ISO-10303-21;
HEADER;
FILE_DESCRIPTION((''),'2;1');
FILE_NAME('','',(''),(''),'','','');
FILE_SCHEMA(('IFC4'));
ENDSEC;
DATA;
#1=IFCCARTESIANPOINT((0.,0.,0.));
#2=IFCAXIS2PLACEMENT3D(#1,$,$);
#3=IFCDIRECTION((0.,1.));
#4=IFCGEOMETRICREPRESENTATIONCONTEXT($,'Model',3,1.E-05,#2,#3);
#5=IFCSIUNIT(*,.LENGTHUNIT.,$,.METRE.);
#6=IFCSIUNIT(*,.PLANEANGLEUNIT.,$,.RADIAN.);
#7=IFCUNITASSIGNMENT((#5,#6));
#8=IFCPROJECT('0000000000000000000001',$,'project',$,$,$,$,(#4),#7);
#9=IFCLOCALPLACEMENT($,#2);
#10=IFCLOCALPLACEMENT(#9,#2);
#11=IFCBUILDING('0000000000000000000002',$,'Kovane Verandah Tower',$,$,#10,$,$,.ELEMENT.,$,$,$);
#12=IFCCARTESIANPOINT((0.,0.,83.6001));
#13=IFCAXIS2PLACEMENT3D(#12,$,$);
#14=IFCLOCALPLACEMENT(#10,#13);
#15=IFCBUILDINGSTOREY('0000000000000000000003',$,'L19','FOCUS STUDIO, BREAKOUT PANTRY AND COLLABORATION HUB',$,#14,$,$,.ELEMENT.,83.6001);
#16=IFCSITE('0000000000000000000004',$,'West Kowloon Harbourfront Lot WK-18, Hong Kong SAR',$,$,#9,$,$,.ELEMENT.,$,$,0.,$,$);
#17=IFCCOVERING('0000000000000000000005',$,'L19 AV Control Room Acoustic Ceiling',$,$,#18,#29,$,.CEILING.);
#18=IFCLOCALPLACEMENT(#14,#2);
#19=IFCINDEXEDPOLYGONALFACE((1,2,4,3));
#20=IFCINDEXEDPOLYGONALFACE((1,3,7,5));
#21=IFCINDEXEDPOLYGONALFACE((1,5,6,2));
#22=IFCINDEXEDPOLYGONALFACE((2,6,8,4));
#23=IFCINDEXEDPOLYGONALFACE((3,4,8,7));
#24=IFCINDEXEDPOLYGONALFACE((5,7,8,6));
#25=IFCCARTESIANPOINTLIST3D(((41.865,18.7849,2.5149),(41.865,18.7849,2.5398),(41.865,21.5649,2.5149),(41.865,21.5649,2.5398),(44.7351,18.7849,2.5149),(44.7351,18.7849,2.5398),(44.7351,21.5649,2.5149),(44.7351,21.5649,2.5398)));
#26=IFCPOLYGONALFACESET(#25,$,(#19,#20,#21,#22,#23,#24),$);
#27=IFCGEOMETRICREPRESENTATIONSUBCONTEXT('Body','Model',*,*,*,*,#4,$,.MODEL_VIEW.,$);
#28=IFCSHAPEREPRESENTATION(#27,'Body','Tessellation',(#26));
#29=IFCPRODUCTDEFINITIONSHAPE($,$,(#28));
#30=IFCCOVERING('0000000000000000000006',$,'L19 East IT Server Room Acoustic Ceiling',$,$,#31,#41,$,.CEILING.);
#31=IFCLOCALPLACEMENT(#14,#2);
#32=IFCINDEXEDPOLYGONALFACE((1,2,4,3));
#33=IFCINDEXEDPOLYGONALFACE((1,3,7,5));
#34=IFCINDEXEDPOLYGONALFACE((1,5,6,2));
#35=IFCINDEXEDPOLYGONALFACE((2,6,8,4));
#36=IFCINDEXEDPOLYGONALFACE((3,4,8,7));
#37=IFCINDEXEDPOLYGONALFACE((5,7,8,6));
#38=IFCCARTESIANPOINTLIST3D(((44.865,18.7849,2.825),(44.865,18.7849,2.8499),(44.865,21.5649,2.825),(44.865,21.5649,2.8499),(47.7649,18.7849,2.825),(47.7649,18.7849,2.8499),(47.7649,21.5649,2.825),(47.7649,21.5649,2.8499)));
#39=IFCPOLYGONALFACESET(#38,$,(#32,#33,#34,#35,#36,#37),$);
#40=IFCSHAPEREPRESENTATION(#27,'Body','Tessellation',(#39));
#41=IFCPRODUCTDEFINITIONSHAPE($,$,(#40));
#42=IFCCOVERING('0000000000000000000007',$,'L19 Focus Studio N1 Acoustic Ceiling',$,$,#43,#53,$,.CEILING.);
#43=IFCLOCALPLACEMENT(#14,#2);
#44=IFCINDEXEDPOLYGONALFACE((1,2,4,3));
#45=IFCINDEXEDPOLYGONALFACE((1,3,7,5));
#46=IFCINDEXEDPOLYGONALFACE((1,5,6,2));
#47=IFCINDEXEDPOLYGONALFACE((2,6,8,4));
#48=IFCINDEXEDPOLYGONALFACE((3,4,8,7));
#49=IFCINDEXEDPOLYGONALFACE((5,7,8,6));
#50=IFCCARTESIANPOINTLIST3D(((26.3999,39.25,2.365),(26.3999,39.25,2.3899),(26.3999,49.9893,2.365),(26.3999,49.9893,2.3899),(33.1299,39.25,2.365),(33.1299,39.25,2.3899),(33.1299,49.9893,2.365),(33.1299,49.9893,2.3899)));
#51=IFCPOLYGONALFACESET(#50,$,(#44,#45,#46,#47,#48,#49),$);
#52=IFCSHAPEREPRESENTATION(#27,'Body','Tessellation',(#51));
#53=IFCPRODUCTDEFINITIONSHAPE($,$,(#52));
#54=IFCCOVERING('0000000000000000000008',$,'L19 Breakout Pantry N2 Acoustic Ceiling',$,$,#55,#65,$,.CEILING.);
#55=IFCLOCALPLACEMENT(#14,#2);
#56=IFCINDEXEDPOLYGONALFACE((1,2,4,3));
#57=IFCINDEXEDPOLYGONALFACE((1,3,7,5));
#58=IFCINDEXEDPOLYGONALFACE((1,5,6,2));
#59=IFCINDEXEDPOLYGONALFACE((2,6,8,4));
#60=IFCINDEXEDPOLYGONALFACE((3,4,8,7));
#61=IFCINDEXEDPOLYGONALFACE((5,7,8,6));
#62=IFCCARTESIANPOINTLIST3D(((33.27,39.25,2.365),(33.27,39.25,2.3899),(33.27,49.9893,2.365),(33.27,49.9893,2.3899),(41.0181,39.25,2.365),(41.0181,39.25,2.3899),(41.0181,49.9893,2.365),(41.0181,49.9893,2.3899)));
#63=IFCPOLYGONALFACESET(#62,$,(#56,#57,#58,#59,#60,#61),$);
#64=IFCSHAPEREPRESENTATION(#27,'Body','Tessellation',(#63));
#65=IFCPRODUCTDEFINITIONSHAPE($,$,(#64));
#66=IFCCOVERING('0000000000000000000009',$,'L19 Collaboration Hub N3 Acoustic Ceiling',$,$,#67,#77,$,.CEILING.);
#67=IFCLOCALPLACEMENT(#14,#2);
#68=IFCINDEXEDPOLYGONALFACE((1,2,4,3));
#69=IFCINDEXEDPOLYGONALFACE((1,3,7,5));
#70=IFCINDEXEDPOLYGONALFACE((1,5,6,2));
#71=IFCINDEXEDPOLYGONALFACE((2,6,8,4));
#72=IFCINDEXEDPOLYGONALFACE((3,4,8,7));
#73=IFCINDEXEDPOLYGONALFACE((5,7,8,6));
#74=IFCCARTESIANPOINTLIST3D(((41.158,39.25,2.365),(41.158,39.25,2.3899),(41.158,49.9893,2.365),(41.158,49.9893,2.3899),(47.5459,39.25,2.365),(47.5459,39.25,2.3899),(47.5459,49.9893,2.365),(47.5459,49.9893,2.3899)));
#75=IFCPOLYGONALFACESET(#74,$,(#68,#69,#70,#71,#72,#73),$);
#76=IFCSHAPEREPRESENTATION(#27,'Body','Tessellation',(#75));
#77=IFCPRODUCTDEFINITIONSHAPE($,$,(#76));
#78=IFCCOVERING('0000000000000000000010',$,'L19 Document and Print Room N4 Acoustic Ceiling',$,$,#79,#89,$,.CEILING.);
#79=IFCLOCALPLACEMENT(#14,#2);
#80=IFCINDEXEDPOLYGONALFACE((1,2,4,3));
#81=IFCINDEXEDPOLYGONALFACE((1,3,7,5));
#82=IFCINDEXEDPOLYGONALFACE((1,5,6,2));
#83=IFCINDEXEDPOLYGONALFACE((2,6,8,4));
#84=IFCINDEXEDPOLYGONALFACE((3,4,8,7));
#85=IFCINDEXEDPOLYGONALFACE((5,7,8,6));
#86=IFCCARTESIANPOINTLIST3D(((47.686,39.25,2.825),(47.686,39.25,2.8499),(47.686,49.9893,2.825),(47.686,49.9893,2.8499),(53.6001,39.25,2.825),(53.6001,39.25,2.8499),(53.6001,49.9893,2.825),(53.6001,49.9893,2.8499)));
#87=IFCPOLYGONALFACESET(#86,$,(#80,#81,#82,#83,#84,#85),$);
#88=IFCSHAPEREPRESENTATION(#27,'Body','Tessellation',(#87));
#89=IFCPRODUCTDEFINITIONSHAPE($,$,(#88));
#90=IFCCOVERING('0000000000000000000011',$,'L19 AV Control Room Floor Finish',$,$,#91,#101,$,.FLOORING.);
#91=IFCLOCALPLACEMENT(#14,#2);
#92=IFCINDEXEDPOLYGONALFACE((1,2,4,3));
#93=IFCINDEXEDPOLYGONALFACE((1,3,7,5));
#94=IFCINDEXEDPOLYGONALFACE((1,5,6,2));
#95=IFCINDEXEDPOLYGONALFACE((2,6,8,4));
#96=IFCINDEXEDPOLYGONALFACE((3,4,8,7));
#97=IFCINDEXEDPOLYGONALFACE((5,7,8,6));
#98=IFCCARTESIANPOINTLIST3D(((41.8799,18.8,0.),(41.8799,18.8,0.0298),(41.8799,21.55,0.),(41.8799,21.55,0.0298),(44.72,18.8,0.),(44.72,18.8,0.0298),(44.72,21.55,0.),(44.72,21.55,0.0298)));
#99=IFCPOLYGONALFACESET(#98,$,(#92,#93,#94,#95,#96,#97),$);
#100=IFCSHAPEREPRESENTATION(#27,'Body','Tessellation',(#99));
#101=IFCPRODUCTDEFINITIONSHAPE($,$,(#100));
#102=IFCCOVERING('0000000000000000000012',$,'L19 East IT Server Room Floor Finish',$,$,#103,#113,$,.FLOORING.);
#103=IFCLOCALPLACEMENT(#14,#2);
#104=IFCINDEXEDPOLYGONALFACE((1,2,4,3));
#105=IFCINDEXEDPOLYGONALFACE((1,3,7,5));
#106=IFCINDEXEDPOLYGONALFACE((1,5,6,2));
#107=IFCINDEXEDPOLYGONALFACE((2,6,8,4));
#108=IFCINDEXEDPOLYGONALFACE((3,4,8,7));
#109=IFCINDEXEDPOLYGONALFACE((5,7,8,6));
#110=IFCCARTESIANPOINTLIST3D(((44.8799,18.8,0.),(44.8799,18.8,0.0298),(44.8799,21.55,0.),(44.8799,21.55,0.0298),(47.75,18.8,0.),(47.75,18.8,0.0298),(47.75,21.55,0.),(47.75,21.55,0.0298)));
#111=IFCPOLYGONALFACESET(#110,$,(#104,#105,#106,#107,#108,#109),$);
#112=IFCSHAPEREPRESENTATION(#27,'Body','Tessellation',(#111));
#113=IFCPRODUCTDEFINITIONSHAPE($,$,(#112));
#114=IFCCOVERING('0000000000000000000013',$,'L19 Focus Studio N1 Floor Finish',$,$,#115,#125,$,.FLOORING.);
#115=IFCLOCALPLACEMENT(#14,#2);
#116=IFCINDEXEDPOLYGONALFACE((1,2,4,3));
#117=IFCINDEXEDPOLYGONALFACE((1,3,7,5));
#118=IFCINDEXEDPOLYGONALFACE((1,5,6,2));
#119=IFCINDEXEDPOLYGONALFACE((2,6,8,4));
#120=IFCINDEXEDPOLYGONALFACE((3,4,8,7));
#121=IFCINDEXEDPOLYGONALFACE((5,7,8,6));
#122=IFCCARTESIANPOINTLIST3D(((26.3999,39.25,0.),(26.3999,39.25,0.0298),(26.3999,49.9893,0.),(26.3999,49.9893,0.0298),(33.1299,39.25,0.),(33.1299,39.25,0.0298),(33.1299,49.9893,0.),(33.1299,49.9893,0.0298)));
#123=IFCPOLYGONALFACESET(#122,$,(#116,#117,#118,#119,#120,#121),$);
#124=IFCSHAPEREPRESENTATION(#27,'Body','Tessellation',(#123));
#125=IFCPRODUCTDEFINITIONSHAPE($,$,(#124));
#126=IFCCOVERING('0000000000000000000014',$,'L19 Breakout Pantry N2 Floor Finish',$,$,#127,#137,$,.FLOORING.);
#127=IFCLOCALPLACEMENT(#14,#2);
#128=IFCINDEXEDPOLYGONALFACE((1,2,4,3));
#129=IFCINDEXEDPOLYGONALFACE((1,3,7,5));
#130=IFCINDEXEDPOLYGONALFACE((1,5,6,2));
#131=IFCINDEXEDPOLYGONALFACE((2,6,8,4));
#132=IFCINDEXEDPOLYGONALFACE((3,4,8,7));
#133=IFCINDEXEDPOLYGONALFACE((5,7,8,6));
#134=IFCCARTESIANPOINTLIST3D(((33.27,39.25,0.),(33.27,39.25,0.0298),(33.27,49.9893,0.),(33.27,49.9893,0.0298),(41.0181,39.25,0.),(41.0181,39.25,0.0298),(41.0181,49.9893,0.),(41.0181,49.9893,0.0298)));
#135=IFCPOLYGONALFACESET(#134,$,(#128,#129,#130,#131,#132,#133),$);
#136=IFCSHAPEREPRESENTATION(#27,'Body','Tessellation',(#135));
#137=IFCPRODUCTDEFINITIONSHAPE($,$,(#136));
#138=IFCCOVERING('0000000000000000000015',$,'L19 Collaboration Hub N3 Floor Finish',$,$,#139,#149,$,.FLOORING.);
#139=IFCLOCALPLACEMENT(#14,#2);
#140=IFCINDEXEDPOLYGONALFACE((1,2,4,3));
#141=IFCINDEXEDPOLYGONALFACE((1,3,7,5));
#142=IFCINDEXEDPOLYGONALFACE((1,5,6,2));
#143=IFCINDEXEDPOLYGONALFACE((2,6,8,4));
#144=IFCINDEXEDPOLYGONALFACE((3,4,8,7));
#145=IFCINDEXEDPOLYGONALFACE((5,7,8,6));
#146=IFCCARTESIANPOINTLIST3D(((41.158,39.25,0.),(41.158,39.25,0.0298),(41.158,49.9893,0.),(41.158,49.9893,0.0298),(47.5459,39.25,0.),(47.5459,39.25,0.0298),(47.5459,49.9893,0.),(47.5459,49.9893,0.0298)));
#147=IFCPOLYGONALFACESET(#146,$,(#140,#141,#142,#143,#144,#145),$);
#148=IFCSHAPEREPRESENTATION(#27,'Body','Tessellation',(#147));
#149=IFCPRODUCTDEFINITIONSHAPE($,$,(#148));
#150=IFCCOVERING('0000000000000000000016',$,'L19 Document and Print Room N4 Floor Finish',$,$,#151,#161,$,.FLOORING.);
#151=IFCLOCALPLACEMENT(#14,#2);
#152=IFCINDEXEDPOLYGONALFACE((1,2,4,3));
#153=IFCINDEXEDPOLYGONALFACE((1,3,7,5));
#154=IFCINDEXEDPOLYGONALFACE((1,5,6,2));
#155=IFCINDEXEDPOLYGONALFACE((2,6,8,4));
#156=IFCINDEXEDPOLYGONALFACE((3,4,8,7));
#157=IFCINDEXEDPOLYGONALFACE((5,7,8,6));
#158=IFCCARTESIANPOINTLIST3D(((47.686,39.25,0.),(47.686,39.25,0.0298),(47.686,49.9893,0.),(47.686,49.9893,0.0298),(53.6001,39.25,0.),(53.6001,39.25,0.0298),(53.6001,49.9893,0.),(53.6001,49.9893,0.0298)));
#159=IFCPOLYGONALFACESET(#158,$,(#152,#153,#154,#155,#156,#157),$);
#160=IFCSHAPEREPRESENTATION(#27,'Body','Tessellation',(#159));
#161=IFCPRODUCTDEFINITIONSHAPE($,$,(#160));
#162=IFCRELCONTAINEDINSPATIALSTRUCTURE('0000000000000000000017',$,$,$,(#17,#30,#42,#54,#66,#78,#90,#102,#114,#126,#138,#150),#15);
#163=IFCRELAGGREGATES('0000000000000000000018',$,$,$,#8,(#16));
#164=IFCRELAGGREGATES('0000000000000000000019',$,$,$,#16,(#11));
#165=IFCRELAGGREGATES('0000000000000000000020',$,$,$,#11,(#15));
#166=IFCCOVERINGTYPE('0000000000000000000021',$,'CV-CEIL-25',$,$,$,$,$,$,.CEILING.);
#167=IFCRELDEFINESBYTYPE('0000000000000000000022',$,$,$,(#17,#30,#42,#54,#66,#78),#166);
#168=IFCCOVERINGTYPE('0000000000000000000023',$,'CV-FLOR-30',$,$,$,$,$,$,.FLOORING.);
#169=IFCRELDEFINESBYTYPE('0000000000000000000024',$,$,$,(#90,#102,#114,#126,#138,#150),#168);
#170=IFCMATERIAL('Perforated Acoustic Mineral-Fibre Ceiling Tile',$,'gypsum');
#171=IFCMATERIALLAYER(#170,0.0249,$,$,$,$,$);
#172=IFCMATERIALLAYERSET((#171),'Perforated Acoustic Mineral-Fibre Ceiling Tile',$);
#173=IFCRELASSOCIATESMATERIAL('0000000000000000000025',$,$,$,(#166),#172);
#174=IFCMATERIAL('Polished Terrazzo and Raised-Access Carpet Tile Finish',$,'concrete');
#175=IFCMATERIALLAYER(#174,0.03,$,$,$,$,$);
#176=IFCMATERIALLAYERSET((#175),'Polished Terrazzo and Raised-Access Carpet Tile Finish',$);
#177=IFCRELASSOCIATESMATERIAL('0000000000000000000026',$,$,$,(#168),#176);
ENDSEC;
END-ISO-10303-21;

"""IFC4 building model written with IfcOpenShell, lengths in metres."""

from ifc_helpers import new_model, si_unit, direction, frame, origin, place, context, subcontext, project, spatial, polyline, outline, extrude, material, layer, layer_set, type_object, element, save


model = new_model("IFC4")

# Units and contexts
model_context = context("Model", 3, precision=1e-05, world=origin(), true_north=direction((0.0, 1.0)))
body_context = subcontext(model_context, "Body", "Model", "MODEL_VIEW")
ifc_project = project(units=[si_unit("LENGTHUNIT", "METRE"), si_unit("PLANEANGLEUNIT", "RADIAN")], contexts=[model_context])

# Site, building, storey
site_placement = place(None, origin())
site = spatial("IfcSite", under=ifc_project, at=site_placement, Name="West Kowloon Harbourfront Lot WK-18, Hong Kong SAR", CompositionType="ELEMENT", RefElevation=0.0)
building_placement = place(site_placement, origin())
building = spatial("IfcBuilding", under=site, at=building_placement, Name="Kovane Verandah Tower", CompositionType="ELEMENT")
storey_placement = place(building_placement, frame((0.0, 0.0, 83.6001)))
storey = spatial("IfcBuildingStorey", under=building, at=storey_placement, Name="L19", Description="FOCUS STUDIO, BREAKOUT PANTRY AND COLLABORATION HUB", CompositionType="ELEMENT", Elevation=83.6001)

# Coverings
ifc_material_1 = material(Name="Perforated Acoustic Mineral-Fibre Ceiling Tile", Category="gypsum")
ifc_layer_1 = layer(ifc_material_1, 0.0249)
ifc_layer_set_1 = layer_set([ifc_layer_1], Name="Perforated Acoustic Mineral-Fibre Ceiling Tile")
covering_type_1 = type_object("IfcCoveringType", Name="CV-CEIL-25", PredefinedType="CEILING", material=ifc_layer_set_1)
covering_1_placement = place(storey_placement, frame((0.0, 0.0, 2.5149)))
element("IfcCovering", 1, at=covering_1_placement, inside=storey, type_object=covering_type_1, Name="L19 AV Control Room Acoustic Ceiling", PredefinedType="CEILING", context=body_context, shape_type="SweptSolid", body=[
    extrude(outline(polyline([(41.865, 18.7849), (44.7351, 18.7849), (44.7351, 21.5649), (41.865, 21.5649), (41.865, 18.7849)])), origin(), (0.0, 0.0, 1.0), 0.0249),
])
covering_2_placement = place(storey_placement, frame((0.0, 0.0, 2.825)))
element("IfcCovering", 2, at=covering_2_placement, inside=storey, type_object=covering_type_1, Name="L19 East IT Server Room Acoustic Ceiling", PredefinedType="CEILING", context=body_context, shape_type="SweptSolid", body=[
    extrude(outline(polyline([(44.865, 18.7849), (47.7649, 18.7849), (47.7649, 21.5649), (44.865, 21.5649), (44.865, 18.7849)])), origin(), (0.0, 0.0, 1.0), 0.0249),
])
covering_3_placement = place(storey_placement, frame((0.0, 0.0, 2.365)))
element("IfcCovering", 3, at=covering_3_placement, inside=storey, type_object=covering_type_1, Name="L19 Focus Studio N1 Acoustic Ceiling", PredefinedType="CEILING", context=body_context, shape_type="SweptSolid", body=[
    extrude(outline(polyline([(26.3999, 39.25), (33.1299, 39.25), (33.1299, 49.9893), (26.3999, 49.9893), (26.3999, 39.25)])), origin(), (0.0, 0.0, 1.0), 0.0249),
])
covering_4_placement = place(storey_placement, frame((0.0, 0.0, 2.365)))
element("IfcCovering", 4, at=covering_4_placement, inside=storey, type_object=covering_type_1, Name="L19 Breakout Pantry N2 Acoustic Ceiling", PredefinedType="CEILING", context=body_context, shape_type="SweptSolid", body=[
    extrude(outline(polyline([(33.27, 39.25), (41.0181, 39.25), (41.0181, 49.9893), (33.27, 49.9893), (33.27, 39.25)])), origin(), (0.0, 0.0, 1.0), 0.0249),
])
covering_5_placement = place(storey_placement, frame((0.0, 0.0, 2.365)))
element("IfcCovering", 5, at=covering_5_placement, inside=storey, type_object=covering_type_1, Name="L19 Collaboration Hub N3 Acoustic Ceiling", PredefinedType="CEILING", context=body_context, shape_type="SweptSolid", body=[
    extrude(outline(polyline([(41.158, 39.25), (47.5459, 39.25), (47.5459, 49.9893), (41.158, 49.9893), (41.158, 39.25)])), origin(), (0.0, 0.0, 1.0), 0.0249),
])
covering_6_placement = place(storey_placement, frame((0.0, 0.0, 2.825)))
element("IfcCovering", 6, at=covering_6_placement, inside=storey, type_object=covering_type_1, Name="L19 Document and Print Room N4 Acoustic Ceiling", PredefinedType="CEILING", context=body_context, shape_type="SweptSolid", body=[
    extrude(outline(polyline([(47.686, 39.25), (53.6001, 39.25), (53.6001, 49.9893), (47.686, 49.9893), (47.686, 39.25)])), origin(), (0.0, 0.0, 1.0), 0.0249),
])
ifc_material_2 = material(Name="Polished Terrazzo and Raised-Access Carpet Tile Finish", Category="concrete")
ifc_layer_2 = layer(ifc_material_2, 0.03)
ifc_layer_set_2 = layer_set([ifc_layer_2], Name="Polished Terrazzo and Raised-Access Carpet Tile Finish")
covering_type_2 = type_object("IfcCoveringType", Name="CV-FLOR-30", PredefinedType="FLOORING", material=ifc_layer_set_2)
covering_7_placement = place(storey_placement, origin())
element("IfcCovering", 7, at=covering_7_placement, inside=storey, type_object=covering_type_2, Name="L19 AV Control Room Floor Finish", PredefinedType="FLOORING", context=body_context, shape_type="SweptSolid", body=[
    extrude(outline(polyline([(41.8799, 18.8), (44.72, 18.8), (44.72, 21.55), (41.8799, 21.55), (41.8799, 18.8)])), origin(), (0.0, 0.0, 1.0), 0.0298),
])
covering_8_placement = place(storey_placement, origin())
element("IfcCovering", 8, at=covering_8_placement, inside=storey, type_object=covering_type_2, Name="L19 East IT Server Room Floor Finish", PredefinedType="FLOORING", context=body_context, shape_type="SweptSolid", body=[
    extrude(outline(polyline([(44.8799, 18.8), (47.75, 18.8), (47.75, 21.55), (44.8799, 21.55), (44.8799, 18.8)])), origin(), (0.0, 0.0, 1.0), 0.0298),
])
covering_9_placement = place(storey_placement, origin())
element("IfcCovering", 9, at=covering_9_placement, inside=storey, type_object=covering_type_2, Name="L19 Focus Studio N1 Floor Finish", PredefinedType="FLOORING", context=body_context, shape_type="SweptSolid", body=[
    extrude(outline(polyline([(26.3999, 39.25), (33.1299, 39.25), (33.1299, 49.9893), (26.3999, 49.9893), (26.3999, 39.25)])), origin(), (0.0, 0.0, 1.0), 0.0298),
])
covering_10_placement = place(storey_placement, origin())
element("IfcCovering", 10, at=covering_10_placement, inside=storey, type_object=covering_type_2, Name="L19 Breakout Pantry N2 Floor Finish", PredefinedType="FLOORING", context=body_context, shape_type="SweptSolid", body=[
    extrude(outline(polyline([(33.27, 39.25), (41.0181, 39.25), (41.0181, 49.9893), (33.27, 49.9893), (33.27, 39.25)])), origin(), (0.0, 0.0, 1.0), 0.0298),
])
covering_11_placement = place(storey_placement, origin())
element("IfcCovering", 11, at=covering_11_placement, inside=storey, type_object=covering_type_2, Name="L19 Collaboration Hub N3 Floor Finish", PredefinedType="FLOORING", context=body_context, shape_type="SweptSolid", body=[
    extrude(outline(polyline([(41.158, 39.25), (47.5459, 39.25), (47.5459, 49.9893), (41.158, 49.9893), (41.158, 39.25)])), origin(), (0.0, 0.0, 1.0), 0.0298),
])
covering_12_placement = place(storey_placement, origin())
element("IfcCovering", 12, at=covering_12_placement, inside=storey, type_object=covering_type_2, Name="L19 Document and Print Room N4 Floor Finish", PredefinedType="FLOORING", context=body_context, shape_type="SweptSolid", body=[
    extrude(outline(polyline([(47.686, 39.25), (53.6001, 39.25), (53.6001, 49.9893), (47.686, 49.9893), (47.686, 39.25)])), origin(), (0.0, 0.0, 1.0), 0.0298),
])

save(model, "model.ifc")
